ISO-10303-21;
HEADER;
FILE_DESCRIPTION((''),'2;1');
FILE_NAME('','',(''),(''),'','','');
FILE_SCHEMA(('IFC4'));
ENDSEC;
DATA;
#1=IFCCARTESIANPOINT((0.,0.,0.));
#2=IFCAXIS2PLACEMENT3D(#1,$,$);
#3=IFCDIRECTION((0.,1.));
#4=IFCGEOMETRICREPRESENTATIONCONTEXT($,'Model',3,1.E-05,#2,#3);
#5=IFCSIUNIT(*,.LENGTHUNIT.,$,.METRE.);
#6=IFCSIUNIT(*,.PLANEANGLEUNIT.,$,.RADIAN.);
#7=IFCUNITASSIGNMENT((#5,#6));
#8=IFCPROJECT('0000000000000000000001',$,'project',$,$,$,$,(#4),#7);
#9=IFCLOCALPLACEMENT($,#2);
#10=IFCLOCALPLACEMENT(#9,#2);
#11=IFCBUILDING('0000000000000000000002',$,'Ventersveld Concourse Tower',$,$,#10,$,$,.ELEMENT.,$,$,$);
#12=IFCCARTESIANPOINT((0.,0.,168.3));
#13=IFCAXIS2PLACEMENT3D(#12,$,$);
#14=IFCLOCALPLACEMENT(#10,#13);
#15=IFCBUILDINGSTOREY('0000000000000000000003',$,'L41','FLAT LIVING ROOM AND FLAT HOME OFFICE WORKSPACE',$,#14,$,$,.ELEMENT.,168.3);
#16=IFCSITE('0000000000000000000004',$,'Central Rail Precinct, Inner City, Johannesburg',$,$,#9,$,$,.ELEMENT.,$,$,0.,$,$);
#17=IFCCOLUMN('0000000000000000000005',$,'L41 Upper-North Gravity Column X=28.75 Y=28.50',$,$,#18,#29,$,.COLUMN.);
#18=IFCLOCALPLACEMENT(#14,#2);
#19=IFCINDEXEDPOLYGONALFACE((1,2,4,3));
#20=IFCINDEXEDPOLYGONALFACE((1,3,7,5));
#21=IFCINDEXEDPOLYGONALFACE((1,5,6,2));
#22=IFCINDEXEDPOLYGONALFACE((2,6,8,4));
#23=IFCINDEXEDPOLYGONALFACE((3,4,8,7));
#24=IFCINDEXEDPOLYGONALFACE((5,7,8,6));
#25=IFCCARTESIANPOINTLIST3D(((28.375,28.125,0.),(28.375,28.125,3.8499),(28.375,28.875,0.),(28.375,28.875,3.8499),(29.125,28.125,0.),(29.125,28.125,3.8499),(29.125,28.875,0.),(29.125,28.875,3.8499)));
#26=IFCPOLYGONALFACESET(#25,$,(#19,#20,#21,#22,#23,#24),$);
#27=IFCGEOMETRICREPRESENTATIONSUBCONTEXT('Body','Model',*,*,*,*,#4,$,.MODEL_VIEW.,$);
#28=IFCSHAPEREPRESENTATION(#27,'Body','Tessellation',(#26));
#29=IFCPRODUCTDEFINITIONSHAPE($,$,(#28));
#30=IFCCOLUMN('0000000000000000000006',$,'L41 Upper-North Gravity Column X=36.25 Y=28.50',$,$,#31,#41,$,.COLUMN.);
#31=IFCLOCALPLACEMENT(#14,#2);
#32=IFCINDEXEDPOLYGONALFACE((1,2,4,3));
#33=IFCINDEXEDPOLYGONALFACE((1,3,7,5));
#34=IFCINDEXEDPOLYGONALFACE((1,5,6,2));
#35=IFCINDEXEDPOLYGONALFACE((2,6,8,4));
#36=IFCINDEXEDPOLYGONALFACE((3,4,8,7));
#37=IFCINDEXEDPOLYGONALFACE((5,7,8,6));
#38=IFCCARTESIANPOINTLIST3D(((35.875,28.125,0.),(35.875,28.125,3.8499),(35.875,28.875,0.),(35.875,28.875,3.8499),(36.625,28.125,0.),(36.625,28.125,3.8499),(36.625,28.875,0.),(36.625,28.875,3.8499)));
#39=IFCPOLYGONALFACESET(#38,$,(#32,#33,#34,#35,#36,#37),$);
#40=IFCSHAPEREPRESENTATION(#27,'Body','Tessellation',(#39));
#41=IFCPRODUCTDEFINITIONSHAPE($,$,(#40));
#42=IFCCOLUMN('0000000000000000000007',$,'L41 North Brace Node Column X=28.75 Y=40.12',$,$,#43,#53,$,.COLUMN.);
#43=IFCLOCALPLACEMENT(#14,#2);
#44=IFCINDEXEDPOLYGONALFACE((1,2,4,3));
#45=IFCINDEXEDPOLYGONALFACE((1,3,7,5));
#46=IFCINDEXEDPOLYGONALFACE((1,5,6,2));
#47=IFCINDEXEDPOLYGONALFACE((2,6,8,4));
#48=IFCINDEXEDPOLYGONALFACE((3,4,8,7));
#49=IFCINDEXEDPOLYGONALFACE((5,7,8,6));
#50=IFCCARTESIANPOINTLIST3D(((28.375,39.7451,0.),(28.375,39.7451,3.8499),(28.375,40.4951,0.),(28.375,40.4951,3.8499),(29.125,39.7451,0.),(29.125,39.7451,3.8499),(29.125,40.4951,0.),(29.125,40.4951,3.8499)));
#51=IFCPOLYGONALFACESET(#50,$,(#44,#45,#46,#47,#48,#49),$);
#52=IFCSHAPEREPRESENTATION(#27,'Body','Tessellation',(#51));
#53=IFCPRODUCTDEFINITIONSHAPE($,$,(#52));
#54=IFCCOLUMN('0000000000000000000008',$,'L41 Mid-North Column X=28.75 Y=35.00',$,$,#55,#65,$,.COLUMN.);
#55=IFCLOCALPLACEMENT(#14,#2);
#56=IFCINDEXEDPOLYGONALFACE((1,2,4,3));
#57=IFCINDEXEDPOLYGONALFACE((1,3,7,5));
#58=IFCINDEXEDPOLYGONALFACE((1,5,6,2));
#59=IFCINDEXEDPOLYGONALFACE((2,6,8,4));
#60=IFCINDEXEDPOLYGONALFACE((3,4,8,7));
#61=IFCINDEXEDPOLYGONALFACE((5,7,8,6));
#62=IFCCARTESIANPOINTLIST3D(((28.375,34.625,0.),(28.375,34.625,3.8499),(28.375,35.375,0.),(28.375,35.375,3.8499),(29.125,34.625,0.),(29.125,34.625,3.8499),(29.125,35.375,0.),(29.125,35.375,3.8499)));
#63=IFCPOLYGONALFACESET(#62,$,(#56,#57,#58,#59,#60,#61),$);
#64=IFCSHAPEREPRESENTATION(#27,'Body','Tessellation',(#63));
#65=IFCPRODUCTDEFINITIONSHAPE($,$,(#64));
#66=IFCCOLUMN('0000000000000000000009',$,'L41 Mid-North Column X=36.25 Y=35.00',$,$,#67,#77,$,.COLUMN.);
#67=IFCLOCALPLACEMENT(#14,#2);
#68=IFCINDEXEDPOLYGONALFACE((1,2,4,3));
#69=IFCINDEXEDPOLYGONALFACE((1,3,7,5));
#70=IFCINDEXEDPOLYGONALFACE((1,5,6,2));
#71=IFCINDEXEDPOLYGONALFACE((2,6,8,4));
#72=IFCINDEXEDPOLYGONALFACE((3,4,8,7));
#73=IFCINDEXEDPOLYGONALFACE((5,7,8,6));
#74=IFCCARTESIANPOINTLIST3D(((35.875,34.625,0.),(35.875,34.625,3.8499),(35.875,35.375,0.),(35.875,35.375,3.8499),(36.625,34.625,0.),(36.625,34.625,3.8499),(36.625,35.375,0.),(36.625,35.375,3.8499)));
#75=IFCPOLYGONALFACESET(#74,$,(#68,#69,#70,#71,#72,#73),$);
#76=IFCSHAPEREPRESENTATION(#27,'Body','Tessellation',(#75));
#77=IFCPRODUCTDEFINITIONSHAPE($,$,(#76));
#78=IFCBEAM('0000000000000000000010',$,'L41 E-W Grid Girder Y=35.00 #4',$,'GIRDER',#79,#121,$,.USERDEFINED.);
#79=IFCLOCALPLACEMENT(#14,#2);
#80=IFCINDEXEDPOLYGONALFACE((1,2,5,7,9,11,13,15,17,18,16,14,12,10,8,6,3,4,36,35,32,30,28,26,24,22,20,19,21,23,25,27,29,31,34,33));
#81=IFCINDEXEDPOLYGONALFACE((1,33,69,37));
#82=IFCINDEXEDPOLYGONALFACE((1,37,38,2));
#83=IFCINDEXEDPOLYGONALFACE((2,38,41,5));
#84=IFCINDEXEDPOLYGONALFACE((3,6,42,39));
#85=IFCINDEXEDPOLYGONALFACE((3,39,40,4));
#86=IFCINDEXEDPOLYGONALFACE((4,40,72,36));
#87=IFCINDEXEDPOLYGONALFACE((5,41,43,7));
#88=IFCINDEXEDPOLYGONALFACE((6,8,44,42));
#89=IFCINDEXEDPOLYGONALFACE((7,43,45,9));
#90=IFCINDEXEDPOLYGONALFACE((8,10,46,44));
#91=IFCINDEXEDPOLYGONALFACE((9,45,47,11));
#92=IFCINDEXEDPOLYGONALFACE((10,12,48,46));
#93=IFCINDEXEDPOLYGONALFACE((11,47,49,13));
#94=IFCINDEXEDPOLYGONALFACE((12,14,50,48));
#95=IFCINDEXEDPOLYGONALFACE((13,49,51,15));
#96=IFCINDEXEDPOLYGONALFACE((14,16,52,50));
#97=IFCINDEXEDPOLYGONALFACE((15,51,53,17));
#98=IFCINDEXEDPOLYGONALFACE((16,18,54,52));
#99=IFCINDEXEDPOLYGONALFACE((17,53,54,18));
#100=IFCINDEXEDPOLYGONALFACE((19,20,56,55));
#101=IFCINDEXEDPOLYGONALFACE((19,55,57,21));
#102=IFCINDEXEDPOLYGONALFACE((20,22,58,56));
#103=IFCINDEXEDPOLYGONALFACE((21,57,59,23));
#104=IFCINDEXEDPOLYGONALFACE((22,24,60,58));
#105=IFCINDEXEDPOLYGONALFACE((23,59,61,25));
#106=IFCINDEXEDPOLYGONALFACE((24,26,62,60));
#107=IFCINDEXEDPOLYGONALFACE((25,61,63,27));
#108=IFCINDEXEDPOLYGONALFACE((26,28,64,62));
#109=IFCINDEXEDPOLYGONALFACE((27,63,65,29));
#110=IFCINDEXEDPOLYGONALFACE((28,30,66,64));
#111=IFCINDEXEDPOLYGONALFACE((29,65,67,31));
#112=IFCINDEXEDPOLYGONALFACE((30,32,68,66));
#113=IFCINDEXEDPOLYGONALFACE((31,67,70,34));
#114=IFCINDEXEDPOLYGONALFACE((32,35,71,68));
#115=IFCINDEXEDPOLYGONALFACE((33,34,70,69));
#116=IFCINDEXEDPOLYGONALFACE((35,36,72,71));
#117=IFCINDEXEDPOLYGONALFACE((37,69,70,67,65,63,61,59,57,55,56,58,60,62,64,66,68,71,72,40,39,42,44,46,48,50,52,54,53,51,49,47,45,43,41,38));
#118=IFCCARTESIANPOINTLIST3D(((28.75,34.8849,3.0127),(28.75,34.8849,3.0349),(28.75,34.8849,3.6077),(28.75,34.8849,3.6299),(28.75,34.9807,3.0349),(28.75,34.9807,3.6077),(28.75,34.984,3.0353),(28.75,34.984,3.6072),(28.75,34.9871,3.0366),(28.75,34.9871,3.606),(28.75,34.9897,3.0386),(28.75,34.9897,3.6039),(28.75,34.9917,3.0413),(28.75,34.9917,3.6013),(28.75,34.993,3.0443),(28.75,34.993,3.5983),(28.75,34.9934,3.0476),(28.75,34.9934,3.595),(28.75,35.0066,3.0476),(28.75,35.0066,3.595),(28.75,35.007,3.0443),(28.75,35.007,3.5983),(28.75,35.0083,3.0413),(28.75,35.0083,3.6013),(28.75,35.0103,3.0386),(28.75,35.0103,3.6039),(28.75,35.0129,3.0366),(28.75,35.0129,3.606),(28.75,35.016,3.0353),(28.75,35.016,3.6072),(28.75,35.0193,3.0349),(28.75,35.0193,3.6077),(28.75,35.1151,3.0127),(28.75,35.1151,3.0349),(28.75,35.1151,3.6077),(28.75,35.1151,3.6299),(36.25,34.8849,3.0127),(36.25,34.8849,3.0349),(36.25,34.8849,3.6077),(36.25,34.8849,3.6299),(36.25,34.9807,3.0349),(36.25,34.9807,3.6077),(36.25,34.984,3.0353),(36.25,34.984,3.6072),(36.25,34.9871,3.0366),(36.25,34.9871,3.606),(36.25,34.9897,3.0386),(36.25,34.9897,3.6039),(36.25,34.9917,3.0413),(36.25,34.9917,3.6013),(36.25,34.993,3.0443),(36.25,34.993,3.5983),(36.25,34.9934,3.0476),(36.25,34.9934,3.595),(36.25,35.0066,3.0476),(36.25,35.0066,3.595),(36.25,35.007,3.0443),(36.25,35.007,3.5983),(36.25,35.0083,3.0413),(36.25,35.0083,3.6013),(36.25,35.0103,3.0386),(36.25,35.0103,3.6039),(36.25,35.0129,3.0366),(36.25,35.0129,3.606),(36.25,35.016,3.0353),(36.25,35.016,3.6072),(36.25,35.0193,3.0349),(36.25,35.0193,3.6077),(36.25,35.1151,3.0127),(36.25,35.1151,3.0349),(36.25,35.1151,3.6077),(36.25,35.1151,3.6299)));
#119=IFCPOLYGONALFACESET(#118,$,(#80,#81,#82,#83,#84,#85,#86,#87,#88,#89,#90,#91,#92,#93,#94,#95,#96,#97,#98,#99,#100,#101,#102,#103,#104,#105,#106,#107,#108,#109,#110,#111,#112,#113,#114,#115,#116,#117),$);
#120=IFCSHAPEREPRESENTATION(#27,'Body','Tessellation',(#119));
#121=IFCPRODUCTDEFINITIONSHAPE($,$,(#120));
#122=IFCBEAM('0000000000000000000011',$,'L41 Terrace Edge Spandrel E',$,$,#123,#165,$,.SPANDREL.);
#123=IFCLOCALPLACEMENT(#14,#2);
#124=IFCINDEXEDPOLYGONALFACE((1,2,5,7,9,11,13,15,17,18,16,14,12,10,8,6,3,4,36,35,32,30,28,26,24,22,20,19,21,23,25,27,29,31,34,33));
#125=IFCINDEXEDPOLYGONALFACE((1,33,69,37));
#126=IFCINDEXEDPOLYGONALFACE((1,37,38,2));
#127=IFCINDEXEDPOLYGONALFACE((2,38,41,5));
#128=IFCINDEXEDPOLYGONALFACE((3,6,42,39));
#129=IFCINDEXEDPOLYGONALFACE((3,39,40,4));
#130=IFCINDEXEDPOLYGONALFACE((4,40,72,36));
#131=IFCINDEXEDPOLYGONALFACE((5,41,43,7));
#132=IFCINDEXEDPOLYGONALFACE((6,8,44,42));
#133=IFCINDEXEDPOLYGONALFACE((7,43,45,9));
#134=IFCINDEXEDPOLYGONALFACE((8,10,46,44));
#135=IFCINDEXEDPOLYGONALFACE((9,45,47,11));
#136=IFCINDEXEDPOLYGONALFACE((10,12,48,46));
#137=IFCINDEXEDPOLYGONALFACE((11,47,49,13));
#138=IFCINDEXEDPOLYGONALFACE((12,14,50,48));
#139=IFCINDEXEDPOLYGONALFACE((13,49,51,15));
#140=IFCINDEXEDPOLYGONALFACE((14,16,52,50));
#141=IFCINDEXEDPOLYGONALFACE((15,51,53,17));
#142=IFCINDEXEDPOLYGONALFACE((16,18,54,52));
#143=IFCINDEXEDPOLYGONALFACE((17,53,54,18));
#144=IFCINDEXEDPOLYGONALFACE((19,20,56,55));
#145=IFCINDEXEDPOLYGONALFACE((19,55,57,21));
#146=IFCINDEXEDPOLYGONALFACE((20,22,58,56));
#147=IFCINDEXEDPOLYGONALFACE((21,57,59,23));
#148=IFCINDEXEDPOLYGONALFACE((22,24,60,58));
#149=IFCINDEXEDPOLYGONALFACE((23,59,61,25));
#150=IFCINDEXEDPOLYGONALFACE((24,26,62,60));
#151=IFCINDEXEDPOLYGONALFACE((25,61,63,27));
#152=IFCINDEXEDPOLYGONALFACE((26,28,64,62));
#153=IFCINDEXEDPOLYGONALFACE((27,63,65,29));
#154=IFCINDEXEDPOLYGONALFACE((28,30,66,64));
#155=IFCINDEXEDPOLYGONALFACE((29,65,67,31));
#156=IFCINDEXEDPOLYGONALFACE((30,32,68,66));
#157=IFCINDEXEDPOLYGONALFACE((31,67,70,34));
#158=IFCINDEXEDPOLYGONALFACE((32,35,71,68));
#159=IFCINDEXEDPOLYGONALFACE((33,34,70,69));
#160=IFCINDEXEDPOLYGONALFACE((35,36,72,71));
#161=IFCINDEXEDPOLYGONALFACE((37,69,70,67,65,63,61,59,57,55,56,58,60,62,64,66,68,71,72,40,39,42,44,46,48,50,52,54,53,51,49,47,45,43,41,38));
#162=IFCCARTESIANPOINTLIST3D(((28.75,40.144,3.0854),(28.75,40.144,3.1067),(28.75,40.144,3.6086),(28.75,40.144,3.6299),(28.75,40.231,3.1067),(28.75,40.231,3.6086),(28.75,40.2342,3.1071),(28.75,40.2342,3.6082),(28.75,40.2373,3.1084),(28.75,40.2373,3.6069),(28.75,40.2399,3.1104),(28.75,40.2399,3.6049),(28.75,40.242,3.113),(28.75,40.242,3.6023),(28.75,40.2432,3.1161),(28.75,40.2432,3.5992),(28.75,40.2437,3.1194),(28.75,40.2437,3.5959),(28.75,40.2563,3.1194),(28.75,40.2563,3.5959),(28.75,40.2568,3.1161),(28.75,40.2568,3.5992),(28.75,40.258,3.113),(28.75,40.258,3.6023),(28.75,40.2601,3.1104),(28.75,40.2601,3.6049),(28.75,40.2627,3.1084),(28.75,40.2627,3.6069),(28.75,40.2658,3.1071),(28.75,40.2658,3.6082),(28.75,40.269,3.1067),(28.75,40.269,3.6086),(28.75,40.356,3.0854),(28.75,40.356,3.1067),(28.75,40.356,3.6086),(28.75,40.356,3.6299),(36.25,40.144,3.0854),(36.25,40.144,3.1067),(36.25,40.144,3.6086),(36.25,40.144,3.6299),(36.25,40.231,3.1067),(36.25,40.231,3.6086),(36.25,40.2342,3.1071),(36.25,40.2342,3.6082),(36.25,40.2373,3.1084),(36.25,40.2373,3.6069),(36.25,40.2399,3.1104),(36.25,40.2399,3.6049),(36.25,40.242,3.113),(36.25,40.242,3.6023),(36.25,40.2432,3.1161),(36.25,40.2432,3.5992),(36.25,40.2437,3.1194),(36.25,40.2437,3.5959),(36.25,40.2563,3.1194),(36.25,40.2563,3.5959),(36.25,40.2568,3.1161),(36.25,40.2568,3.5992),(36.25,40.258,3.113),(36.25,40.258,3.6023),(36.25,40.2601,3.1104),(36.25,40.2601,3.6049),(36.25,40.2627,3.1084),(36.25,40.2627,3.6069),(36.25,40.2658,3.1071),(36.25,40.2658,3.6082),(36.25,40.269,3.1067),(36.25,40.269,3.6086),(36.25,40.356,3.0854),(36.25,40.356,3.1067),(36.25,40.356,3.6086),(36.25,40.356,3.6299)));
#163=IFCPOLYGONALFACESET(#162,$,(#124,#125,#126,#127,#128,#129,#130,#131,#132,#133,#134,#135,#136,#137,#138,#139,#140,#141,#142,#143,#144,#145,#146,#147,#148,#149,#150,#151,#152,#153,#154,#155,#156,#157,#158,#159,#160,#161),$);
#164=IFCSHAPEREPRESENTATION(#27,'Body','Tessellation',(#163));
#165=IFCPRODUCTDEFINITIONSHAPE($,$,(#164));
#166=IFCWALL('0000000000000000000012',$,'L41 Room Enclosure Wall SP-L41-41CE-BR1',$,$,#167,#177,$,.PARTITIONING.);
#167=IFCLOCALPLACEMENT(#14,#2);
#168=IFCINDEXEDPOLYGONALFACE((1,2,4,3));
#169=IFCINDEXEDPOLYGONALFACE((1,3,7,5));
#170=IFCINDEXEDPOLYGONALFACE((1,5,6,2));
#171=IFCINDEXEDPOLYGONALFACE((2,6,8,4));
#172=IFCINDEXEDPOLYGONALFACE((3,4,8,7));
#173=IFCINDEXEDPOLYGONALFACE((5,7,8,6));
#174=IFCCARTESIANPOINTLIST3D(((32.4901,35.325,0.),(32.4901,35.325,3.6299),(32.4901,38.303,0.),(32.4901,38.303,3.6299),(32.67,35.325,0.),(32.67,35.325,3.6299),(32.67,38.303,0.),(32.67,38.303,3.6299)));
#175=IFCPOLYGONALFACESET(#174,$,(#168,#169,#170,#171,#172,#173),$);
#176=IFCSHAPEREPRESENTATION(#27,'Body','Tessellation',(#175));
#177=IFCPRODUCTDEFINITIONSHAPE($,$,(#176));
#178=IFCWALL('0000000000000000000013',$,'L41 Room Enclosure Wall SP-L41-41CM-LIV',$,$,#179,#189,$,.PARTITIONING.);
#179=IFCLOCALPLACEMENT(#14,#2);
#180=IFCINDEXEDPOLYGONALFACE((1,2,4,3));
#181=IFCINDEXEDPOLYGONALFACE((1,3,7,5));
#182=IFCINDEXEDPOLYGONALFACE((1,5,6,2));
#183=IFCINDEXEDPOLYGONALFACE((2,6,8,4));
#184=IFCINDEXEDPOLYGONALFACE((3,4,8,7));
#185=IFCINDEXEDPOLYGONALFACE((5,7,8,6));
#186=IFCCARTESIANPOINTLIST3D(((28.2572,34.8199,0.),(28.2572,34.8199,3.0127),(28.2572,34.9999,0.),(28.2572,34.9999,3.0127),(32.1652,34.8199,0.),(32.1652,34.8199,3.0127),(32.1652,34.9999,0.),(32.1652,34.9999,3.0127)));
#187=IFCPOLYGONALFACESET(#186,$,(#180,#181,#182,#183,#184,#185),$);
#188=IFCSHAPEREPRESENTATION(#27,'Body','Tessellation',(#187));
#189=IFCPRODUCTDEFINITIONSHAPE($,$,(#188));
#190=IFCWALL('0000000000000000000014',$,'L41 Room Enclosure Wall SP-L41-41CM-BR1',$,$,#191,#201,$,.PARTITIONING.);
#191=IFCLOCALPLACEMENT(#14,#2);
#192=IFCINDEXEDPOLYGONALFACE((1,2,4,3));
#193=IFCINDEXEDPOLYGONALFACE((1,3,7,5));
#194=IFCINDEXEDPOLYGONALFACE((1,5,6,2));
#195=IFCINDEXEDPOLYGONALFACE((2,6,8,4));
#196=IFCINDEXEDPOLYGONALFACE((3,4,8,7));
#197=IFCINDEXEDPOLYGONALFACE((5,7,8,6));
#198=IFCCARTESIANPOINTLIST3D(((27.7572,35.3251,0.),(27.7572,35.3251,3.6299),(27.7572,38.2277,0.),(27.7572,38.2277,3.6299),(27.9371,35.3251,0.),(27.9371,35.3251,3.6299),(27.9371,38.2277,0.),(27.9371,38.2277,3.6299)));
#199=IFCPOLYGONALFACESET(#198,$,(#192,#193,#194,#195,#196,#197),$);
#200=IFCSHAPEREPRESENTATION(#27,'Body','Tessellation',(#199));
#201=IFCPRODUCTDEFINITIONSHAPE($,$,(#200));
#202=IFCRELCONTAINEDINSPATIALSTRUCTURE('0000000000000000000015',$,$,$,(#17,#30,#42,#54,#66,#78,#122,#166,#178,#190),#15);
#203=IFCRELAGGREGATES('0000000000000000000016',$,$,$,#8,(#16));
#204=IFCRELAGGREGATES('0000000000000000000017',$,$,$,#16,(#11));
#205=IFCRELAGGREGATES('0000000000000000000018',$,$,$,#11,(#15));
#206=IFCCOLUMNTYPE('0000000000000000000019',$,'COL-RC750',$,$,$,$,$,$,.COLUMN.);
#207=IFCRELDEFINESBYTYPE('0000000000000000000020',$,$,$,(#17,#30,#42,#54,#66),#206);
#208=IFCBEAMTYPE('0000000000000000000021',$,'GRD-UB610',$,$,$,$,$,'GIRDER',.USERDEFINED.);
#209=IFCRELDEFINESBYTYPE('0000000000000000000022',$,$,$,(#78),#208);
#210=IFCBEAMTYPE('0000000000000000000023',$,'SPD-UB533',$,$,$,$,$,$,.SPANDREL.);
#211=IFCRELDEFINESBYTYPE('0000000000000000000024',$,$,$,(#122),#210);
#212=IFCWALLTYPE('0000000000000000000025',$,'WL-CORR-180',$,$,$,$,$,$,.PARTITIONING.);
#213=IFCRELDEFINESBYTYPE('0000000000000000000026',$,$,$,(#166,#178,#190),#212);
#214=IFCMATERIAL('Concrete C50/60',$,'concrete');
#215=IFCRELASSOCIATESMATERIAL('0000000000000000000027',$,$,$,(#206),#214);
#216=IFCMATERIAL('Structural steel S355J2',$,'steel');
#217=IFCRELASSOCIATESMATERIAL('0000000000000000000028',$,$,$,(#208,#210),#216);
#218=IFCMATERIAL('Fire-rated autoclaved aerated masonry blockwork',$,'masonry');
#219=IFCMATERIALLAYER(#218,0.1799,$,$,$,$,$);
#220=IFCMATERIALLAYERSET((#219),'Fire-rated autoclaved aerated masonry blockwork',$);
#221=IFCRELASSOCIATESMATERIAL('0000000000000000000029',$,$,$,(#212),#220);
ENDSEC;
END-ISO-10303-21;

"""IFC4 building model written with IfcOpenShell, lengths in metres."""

from ifc_helpers import new_model, si_unit, direction, frame, frame_2d, origin, origin_2d, place, context, subcontext, project, spatial, rectangle, i_section, extrude, material, layer, layer_set, material_profile, profile_set, type_object, element, save


model = new_model("IFC4")

# Units and contexts
model_context = context("Model", 3, precision=1e-05, world=origin(), true_north=direction((0.0, 1.0)))
body_context = subcontext(model_context, "Body", "Model", "MODEL_VIEW")
ifc_project = project(units=[si_unit("LENGTHUNIT", "METRE"), si_unit("PLANEANGLEUNIT", "RADIAN")], contexts=[model_context])

# Site, building, storey
site_placement = place(None, origin())
site = spatial("IfcSite", under=ifc_project, at=site_placement, Name="Central Rail Precinct, Inner City, Johannesburg", CompositionType="ELEMENT", RefElevation=0.0)
building_placement = place(site_placement, origin())
building = spatial("IfcBuilding", under=site, at=building_placement, Name="Ventersveld Concourse Tower", CompositionType="ELEMENT")
storey_placement = place(building_placement, frame((0.0, 0.0, 168.3)))
storey = spatial("IfcBuildingStorey", under=building, at=storey_placement, Name="L41", Description="FLAT LIVING ROOM AND FLAT HOME OFFICE WORKSPACE", CompositionType="ELEMENT", Elevation=168.3)

# Columns
ifc_material_1 = material(Name="Concrete C50/60", Category="concrete")
ifc_material_profile_1 = material_profile(ifc_material_1, rectangle(XDim=0.75, YDim=0.75, at=origin_2d()), Name="RC 750x750")
ifc_profile_set_1 = profile_set([ifc_material_profile_1], Name="Concrete C50/60")
column_type = type_object("IfcColumnType", Name="COL-RC750", PredefinedType="COLUMN", material=ifc_profile_set_1)
for number, where, z_axis, x_axis, name in (
    (1, (28.75, 28.5, 0.0), (0.0, 0.0, 1.0), (1.0, 0.0, 0.0), "L41 Upper-North Gravity Column X=28.75 Y=28.50"),
    (2, (36.25, 28.5, 0.0), (0.0, 0.0, 1.0), (1.0, 0.0, 0.0), "L41 Upper-North Gravity Column X=36.25 Y=28.50"),
    (3, (28.75, 40.1201, 0.0), (0.0, 0.0, 1.0), (1.0, 0.0, 0.0), "L41 North Brace Node Column X=28.75 Y=40.12"),
    (4, (28.75, 35.0, 0.0), (0.0, 0.0, 1.0), (1.0, 0.0, 0.0), "L41 Mid-North Column X=28.75 Y=35.00"),
    (5, (36.25, 35.0, 0.0), (0.0, 0.0, 1.0), (1.0, 0.0, 0.0), "L41 Mid-North Column X=36.25 Y=35.00"),
):
    element("IfcColumn", number, at=place(storey_placement, frame(where, z_axis=z_axis, x_axis=x_axis)), inside=storey, type_object=column_type, Name=name, PredefinedType="COLUMN", context=body_context, shape_type="SweptSolid", body=[
        extrude(rectangle(XDim=0.75, YDim=0.75, at=origin_2d()), origin(), (0.0, 0.0, 1.0), 3.8499),
    ])

# Beams
ifc_material_2 = material(Name="Structural steel S355J2", Category="steel")
ifc_material_profile_2 = material_profile(ifc_material_2, i_section(OverallWidth=0.2302, OverallDepth=0.6172, WebThickness=0.0132, FlangeThickness=0.0222, FilletRadius=0.0127, at=origin_2d()), Name="UB 610x229x140")
ifc_profile_set_2 = profile_set([ifc_material_profile_2], Name="Structural steel S355J2")
beam_type_1 = type_object("IfcBeamType", Name="GRD-UB610", ElementType="GIRDER", PredefinedType="USERDEFINED", material=ifc_profile_set_2)
beam_1_placement = place(storey_placement, frame((28.75, 35.0, 3.3213), z_axis=(1.0, 0.0, 0.0), x_axis=(0.0, 1.0, 0.0)))
element("IfcBeam", 6, at=beam_1_placement, inside=storey, type_object=beam_type_1, Name="L41 E-W Grid Girder Y=35.00 #4", ObjectType="GIRDER", PredefinedType="USERDEFINED", context=body_context, shape_type="SweptSolid", body=[
    extrude(i_section(OverallWidth=0.2302, OverallDepth=0.6172, WebThickness=0.0132, FlangeThickness=0.0222, FilletRadius=0.0127, at=origin_2d()), origin(), (0.0, 0.0, 1.0), 7.5),
])
ifc_material_profile_3 = material_profile(ifc_material_2, i_section(OverallWidth=0.2119, OverallDepth=0.5444, WebThickness=0.0127, FlangeThickness=0.0212, FilletRadius=0.0127, at=origin_2d()), Name="UB 533x210x122")
ifc_profile_set_3 = profile_set([ifc_material_profile_3], Name="Structural steel S355J2")
beam_type_2 = type_object("IfcBeamType", Name="SPD-UB533", PredefinedType="SPANDREL", material=ifc_profile_set_3)
beam_2_placement = place(storey_placement, frame((28.75, 40.25, 3.3577), z_axis=(1.0, 0.0, 0.0), x_axis=(0.0, 1.0, 0.0)))
element("IfcBeam", 7, at=beam_2_placement, inside=storey, type_object=beam_type_2, Name="L41 Terrace Edge Spandrel E", PredefinedType="SPANDREL", context=body_context, shape_type="SweptSolid", body=[
    extrude(i_section(OverallWidth=0.2119, OverallDepth=0.5444, WebThickness=0.0127, FlangeThickness=0.0212, FilletRadius=0.0127, at=origin_2d()), origin(), (0.0, 0.0, 1.0), 7.5),
])

# Walls
ifc_material_3 = material(Name="Fire-rated autoclaved aerated masonry blockwork", Category="masonry")
ifc_layer_1 = layer(ifc_material_3, 0.1799)
ifc_layer_set_1 = layer_set([ifc_layer_1], Name="Fire-rated autoclaved aerated masonry blockwork")
wall_type_1 = type_object("IfcWallType", Name="WL-CORR-180", PredefinedType="PARTITIONING", material=ifc_layer_set_1)
wall_1_placement = place(storey_placement, frame((32.5801, 35.325, 0.0), z_axis=(0.0, 0.0, 1.0), x_axis=(0.0, 1.0, 0.0)))
element("IfcWall", 8, at=wall_1_placement, inside=storey, type_object=wall_type_1, Name="L41 Room Enclosure Wall SP-L41-41CE-BR1", PredefinedType="PARTITIONING", context=body_context, shape_type="SweptSolid", body=[
    extrude(rectangle(XDim=2.978, YDim=0.1799, at=frame_2d((1.489, 0.0))), origin(), (0.0, 0.0, 1.0), 3.6299),
])
wall_2_placement = place(storey_placement, frame((28.2571, 34.9099, 0.0), z_axis=(0.0, 0.0, 1.0), x_axis=(1.0, 0.0, 0.0)))
element("IfcWall", 9, at=wall_2_placement, inside=storey, type_object=wall_type_1, Name="L41 Room Enclosure Wall SP-L41-41CM-LIV", PredefinedType="PARTITIONING", context=body_context, shape_type="SweptSolid", body=[
    extrude(rectangle(XDim=3.908, YDim=0.1799, at=frame_2d((1.9541, 0.0))), origin(), (0.0, 0.0, 1.0), 3.0127),
])
wall_3_placement = place(storey_placement, frame((27.8472, 38.2275, 0.0), z_axis=(0.0, 0.0, 1.0), x_axis=(0.0, -1.0, 0.0)))
element("IfcWall", 10, at=wall_3_placement, inside=storey, type_object=wall_type_1, Name="L41 Room Enclosure Wall SP-L41-41CM-BR1", PredefinedType="PARTITIONING", context=body_context, shape_type="SweptSolid", body=[
    extrude(rectangle(XDim=2.9026, YDim=0.1799, at=frame_2d((1.4512, 0.0))), origin(), (0.0, 0.0, 1.0), 3.6299),
])

save(model, "model.ifc")
